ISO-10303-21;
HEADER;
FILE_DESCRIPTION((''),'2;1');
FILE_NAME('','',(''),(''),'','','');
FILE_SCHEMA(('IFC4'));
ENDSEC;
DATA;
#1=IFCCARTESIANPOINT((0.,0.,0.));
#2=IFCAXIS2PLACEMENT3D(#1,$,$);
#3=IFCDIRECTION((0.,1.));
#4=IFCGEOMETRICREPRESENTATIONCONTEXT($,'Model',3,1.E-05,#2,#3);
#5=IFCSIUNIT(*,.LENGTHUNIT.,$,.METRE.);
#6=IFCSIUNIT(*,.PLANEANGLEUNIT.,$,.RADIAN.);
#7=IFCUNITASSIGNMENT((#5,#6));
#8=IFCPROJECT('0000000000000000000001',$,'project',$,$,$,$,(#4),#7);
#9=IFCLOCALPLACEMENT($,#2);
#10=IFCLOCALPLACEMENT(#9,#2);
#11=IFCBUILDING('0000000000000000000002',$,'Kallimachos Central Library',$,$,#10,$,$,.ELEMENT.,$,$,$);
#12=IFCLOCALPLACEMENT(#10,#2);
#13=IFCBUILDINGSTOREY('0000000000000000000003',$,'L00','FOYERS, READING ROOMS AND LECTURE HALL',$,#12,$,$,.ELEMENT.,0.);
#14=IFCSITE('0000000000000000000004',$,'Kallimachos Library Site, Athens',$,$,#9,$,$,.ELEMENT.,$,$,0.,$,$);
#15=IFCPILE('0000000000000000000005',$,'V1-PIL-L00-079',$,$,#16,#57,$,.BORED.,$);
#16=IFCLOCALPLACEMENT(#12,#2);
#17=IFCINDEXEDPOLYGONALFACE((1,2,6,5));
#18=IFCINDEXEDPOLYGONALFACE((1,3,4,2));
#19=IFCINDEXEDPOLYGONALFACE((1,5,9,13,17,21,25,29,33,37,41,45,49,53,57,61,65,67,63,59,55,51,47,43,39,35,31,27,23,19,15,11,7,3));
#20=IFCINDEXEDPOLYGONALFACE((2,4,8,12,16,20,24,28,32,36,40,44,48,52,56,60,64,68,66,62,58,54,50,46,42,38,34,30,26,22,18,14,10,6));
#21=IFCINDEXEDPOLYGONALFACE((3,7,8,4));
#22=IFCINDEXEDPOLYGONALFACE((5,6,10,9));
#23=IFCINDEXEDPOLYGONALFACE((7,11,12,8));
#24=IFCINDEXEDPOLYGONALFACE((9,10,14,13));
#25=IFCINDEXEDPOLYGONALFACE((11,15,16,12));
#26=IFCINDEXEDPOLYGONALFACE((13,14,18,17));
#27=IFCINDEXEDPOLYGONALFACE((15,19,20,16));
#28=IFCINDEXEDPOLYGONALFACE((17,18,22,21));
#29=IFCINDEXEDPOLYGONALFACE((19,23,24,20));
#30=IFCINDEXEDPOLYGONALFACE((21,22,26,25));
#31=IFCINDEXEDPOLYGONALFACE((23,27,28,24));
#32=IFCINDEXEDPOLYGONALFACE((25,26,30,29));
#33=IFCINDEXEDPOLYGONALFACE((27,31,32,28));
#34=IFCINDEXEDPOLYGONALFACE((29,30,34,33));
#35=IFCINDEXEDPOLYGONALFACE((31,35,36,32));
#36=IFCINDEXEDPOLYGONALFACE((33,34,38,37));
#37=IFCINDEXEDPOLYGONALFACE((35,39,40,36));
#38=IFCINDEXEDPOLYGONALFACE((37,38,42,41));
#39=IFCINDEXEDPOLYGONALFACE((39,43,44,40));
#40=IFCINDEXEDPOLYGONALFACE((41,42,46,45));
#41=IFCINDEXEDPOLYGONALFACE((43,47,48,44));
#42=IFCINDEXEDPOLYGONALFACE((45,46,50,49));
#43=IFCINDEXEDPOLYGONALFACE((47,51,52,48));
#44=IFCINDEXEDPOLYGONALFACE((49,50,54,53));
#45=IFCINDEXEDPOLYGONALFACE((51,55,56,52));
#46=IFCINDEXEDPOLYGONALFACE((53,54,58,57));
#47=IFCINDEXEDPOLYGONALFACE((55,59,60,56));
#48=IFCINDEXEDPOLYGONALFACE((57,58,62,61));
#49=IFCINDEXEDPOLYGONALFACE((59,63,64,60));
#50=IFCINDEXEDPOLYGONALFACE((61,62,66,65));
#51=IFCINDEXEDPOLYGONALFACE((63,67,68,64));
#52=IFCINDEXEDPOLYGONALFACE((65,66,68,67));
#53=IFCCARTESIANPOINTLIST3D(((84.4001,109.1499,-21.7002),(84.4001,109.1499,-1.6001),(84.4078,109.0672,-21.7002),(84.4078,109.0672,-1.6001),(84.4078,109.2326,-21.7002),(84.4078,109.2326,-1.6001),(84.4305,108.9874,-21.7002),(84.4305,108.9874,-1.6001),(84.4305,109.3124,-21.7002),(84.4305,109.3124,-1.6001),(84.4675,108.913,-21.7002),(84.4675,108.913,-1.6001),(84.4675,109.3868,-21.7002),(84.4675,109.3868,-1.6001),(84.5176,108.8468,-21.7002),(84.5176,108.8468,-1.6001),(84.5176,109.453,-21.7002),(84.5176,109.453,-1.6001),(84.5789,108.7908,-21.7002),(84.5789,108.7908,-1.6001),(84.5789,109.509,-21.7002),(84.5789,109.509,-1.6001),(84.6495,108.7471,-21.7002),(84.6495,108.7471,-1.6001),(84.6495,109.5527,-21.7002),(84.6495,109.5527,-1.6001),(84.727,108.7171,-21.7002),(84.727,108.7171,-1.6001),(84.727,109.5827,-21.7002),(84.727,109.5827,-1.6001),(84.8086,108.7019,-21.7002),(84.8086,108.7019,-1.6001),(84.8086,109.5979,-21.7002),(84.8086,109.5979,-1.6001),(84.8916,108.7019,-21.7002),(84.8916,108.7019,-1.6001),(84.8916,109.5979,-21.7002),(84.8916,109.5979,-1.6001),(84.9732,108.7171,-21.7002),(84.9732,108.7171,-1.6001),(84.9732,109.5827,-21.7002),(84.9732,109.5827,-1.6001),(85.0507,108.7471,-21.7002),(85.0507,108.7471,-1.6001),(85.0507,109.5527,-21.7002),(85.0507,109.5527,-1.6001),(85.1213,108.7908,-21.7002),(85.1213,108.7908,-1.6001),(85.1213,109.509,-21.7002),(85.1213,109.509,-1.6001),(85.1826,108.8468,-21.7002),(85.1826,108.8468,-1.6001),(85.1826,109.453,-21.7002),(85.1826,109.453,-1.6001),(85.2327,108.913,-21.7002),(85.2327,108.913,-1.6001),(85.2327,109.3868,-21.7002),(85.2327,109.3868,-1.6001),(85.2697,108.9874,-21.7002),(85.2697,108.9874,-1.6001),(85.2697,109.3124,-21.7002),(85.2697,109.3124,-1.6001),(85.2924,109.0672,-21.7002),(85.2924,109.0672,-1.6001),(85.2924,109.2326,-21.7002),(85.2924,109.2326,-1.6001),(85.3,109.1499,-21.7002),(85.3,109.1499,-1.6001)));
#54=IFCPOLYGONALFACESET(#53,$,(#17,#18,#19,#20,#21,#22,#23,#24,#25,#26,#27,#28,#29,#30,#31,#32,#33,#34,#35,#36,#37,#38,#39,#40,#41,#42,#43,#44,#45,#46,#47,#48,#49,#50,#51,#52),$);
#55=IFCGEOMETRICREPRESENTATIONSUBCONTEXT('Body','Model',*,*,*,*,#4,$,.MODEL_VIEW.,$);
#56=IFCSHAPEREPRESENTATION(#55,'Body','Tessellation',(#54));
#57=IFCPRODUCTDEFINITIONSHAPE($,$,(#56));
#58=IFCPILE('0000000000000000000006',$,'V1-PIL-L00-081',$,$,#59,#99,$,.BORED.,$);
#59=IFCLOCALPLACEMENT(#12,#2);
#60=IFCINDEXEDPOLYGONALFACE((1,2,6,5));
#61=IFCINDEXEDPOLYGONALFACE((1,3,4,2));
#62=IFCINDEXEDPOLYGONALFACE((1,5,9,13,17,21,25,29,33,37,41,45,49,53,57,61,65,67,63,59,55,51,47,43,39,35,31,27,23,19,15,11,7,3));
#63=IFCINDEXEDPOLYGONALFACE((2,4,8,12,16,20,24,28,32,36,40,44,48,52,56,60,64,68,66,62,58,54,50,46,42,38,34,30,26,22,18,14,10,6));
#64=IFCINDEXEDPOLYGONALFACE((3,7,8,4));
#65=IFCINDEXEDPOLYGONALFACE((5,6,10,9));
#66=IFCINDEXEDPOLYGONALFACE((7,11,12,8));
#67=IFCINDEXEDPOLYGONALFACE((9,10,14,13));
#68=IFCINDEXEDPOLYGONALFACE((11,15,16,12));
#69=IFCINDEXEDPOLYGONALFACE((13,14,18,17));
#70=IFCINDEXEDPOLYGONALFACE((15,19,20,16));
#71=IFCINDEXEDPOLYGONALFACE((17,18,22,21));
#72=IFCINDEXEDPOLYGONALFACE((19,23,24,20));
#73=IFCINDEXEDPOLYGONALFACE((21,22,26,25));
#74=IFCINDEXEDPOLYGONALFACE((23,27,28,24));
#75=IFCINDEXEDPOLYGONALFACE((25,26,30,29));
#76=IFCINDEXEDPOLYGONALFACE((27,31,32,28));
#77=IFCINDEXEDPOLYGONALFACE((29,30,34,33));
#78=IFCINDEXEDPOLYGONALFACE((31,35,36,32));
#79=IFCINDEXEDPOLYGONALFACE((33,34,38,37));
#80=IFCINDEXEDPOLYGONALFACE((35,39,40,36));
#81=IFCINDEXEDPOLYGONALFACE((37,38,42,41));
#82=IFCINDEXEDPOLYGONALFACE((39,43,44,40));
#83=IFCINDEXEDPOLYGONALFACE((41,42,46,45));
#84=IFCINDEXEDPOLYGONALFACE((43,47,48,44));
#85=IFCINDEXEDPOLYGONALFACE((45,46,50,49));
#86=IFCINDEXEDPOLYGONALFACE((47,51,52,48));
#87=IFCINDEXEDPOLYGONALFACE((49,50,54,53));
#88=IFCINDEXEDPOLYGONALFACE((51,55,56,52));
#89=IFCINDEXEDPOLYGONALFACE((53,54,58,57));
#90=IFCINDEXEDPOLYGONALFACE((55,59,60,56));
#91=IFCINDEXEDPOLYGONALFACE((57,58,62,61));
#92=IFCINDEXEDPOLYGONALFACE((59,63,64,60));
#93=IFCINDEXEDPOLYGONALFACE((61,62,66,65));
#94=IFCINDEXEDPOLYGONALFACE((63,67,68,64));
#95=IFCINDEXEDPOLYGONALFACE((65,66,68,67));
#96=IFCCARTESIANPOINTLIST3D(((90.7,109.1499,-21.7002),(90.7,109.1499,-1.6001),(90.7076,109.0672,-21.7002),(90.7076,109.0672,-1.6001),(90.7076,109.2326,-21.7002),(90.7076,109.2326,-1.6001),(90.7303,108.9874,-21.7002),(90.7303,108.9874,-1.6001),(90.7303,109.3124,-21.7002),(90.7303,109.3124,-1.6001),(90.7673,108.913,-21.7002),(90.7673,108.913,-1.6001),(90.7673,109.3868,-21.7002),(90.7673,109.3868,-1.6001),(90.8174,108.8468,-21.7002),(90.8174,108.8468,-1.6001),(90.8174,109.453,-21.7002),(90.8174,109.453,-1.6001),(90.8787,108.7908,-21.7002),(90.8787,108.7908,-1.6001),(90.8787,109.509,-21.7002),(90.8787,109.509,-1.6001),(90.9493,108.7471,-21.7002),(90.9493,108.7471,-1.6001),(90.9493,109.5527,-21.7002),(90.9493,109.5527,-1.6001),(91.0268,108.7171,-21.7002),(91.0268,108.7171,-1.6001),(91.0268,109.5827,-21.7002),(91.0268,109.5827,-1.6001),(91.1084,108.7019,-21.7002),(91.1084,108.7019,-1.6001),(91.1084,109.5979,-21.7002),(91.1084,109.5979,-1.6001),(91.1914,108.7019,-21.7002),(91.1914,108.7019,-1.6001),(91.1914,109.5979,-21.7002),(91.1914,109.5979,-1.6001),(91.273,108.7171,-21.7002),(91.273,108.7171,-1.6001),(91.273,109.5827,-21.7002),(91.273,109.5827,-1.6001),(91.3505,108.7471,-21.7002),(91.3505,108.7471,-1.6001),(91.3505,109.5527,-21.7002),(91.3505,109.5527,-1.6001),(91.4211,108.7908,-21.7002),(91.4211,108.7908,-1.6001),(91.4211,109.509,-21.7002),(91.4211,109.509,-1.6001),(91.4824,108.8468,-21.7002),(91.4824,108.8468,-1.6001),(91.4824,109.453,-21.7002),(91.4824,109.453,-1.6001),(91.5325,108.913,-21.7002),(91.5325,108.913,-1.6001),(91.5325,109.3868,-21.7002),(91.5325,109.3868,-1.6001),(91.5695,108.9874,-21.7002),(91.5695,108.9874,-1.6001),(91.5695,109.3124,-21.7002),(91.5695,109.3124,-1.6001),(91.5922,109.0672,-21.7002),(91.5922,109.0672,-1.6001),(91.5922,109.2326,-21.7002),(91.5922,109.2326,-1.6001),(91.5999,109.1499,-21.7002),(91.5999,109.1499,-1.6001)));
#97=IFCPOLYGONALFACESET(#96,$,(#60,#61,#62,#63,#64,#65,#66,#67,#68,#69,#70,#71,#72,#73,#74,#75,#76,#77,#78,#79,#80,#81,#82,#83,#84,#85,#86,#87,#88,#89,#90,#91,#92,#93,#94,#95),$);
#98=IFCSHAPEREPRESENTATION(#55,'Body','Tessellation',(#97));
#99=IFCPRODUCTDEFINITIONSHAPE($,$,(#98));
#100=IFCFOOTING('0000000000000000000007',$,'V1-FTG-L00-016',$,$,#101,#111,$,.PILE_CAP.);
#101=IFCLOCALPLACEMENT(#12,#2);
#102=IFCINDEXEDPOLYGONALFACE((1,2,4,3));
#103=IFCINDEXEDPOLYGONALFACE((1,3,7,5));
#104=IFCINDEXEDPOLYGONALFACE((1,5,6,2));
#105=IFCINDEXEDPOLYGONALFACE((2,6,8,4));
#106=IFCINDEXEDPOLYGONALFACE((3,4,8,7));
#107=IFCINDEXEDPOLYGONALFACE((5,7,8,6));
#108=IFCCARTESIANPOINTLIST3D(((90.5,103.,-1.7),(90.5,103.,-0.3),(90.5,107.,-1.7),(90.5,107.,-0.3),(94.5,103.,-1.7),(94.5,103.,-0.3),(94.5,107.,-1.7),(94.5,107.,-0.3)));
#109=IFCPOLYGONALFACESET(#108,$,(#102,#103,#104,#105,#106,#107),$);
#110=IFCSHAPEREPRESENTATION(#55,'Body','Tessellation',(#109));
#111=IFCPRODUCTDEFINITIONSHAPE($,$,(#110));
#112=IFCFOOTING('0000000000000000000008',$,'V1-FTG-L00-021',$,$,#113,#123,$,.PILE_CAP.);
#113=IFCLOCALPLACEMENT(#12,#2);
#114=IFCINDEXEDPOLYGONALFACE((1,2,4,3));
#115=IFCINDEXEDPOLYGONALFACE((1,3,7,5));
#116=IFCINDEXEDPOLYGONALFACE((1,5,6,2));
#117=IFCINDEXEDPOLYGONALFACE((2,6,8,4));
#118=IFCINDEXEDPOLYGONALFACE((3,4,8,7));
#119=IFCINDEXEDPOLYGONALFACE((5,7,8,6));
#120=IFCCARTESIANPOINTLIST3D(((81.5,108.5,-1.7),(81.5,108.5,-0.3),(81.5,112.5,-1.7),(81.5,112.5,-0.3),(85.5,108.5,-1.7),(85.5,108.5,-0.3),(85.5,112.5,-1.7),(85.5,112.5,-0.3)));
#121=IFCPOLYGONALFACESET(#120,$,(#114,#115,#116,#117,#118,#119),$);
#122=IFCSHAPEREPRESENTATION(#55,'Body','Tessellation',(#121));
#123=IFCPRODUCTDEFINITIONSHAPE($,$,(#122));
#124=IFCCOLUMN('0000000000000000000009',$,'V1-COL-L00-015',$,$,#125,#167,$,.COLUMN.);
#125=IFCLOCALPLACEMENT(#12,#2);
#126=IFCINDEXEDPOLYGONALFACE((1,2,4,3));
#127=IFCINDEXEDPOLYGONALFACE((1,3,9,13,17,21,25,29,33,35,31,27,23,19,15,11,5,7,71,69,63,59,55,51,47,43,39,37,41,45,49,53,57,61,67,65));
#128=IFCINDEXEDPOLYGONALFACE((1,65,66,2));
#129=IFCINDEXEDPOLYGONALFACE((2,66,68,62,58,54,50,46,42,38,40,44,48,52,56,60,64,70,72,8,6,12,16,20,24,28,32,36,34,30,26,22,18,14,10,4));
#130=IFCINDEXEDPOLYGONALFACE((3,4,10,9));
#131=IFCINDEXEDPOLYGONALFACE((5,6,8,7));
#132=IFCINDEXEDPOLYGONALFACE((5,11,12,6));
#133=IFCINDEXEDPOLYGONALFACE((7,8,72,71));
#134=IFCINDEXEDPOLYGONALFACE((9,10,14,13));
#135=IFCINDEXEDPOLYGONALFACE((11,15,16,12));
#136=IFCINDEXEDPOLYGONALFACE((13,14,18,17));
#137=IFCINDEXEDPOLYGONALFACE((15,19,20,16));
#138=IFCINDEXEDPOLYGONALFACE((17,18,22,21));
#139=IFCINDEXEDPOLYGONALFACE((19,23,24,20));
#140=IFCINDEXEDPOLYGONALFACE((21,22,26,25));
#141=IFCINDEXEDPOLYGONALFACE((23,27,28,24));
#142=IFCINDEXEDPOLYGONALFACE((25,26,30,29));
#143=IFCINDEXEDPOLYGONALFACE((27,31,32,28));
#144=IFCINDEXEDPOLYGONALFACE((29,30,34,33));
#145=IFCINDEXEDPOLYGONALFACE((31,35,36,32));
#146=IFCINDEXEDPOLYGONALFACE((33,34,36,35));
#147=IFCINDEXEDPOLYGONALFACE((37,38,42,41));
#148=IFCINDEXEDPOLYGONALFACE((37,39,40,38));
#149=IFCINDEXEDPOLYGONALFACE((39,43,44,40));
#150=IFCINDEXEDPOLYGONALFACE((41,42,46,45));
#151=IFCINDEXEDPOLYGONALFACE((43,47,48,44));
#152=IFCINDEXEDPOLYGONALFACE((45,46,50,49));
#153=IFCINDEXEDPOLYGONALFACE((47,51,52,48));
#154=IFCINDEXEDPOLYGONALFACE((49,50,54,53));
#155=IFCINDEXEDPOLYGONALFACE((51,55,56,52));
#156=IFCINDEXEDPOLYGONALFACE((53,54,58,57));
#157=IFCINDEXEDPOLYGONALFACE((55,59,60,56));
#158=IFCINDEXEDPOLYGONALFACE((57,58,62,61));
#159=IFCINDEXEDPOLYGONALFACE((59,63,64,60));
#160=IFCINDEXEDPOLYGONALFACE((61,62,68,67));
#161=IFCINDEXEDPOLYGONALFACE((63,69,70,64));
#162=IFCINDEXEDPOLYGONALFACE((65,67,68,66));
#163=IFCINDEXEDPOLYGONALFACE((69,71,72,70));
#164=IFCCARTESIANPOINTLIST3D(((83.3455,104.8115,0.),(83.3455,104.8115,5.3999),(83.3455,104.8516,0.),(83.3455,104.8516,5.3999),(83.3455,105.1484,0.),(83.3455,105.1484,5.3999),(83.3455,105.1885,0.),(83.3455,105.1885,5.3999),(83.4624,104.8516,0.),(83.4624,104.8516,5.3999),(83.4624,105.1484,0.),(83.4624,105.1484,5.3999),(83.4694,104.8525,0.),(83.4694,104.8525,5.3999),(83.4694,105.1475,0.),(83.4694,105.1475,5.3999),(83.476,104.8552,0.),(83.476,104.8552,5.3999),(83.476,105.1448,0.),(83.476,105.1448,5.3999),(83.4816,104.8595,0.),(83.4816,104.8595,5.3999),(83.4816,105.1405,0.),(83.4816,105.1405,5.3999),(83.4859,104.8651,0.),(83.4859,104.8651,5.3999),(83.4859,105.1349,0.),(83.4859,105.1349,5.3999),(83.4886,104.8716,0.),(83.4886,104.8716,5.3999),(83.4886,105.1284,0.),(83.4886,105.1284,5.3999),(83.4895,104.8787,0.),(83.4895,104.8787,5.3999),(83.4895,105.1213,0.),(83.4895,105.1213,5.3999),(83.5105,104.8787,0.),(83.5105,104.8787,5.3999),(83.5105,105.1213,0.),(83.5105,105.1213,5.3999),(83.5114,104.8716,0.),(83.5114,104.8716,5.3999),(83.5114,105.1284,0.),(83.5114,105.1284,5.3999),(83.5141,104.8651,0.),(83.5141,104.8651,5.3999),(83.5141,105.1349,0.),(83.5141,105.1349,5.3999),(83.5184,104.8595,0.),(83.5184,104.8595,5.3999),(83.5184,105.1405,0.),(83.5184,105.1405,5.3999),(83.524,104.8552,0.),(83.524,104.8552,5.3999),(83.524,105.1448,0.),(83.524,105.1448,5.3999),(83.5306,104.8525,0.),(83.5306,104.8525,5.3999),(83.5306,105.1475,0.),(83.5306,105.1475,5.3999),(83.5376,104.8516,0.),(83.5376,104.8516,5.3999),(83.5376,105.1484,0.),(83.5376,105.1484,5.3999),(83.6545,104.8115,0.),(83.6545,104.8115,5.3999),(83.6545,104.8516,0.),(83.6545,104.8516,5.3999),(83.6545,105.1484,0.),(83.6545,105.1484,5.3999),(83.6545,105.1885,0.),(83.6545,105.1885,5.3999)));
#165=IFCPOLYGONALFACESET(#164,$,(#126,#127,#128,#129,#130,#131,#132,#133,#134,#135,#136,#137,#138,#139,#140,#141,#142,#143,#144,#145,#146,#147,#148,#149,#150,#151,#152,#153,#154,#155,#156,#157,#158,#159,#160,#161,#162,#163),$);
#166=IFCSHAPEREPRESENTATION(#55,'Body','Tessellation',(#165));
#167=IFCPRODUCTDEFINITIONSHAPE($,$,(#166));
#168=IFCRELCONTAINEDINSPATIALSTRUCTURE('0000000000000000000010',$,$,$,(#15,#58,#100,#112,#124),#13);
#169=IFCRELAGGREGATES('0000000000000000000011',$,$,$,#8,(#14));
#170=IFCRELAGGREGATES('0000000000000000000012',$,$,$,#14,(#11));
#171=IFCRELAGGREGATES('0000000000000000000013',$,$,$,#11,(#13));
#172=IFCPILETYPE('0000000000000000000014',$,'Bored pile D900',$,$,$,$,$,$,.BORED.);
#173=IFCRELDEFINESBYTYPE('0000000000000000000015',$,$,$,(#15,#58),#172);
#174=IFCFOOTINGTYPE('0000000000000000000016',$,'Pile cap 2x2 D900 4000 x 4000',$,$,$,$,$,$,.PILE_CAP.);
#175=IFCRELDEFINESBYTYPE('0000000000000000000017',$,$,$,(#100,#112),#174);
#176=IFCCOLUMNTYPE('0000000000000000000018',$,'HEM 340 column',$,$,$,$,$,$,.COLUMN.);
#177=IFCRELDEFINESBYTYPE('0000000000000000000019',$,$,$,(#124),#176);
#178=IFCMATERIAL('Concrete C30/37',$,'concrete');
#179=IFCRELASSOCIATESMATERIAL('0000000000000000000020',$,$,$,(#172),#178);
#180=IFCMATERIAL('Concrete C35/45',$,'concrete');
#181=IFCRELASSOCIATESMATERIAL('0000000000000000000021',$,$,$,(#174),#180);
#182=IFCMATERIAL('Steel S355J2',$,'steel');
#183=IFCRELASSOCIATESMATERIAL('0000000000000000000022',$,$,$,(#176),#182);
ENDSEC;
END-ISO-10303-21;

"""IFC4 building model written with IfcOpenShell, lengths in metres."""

from ifc_helpers import new_model, si_unit, direction, frame, origin, origin_2d, place, context, subcontext, project, spatial, rectangle, circle, i_section, extrude, material, material_profile, profile_set, type_object, element, save


model = new_model("IFC4")

# Units and contexts
model_context = context("Model", 3, precision=1e-05, world=origin(), true_north=direction((0.0, 1.0)))
body_context = subcontext(model_context, "Body", "Model", "MODEL_VIEW")
ifc_project = project(units=[si_unit("LENGTHUNIT", "METRE"), si_unit("PLANEANGLEUNIT", "RADIAN")], contexts=[model_context])

# Site, building, storey
site_placement = place(None, origin())
site = spatial("IfcSite", under=ifc_project, at=site_placement, Name="Kallimachos Library Site, Athens", CompositionType="ELEMENT", RefElevation=0.0)
building_placement = place(site_placement, origin())
building = spatial("IfcBuilding", under=site, at=building_placement, Name="Kallimachos Central Library", CompositionType="ELEMENT")
storey_placement = place(building_placement, origin())
storey = spatial("IfcBuildingStorey", under=building, at=storey_placement, Name="L00", Description="FOYERS, READING ROOMS AND LECTURE HALL", CompositionType="ELEMENT", Elevation=0.0)

# Piles
ifc_material_1 = material(Name="Concrete C30/37", Category="concrete")
pile_type = type_object("IfcPileType", Name="Bored pile D900", PredefinedType="BORED", material=ifc_material_1)
for number, where, z_axis, x_axis, name in (
    (1, (84.8501, 109.1499, -1.6001), (0.0, 0.0, -1.0), (1.0, 0.0, 0.0), "V1-PIL-L00-079"),
    (2, (91.1499, 109.1499, -1.6001), (0.0, 0.0, -1.0), (1.0, 0.0, 0.0), "V1-PIL-L00-081"),
):
    element("IfcPile", number, at=place(storey_placement, frame(where, z_axis=z_axis, x_axis=x_axis)), inside=storey, type_object=pile_type, Name=name, PredefinedType="BORED", context=body_context, shape_type="SweptSolid", body=[
        extrude(circle(Radius=0.45, at=origin_2d()), origin(), (0.0, 0.0, 1.0), 20.1001),
    ])

# Footings
ifc_material_2 = material(Name="Concrete C35/45", Category="concrete")
footing_type = type_object("IfcFootingType", Name="Pile cap 2x2 D900 4000 x 4000", PredefinedType="PILE_CAP", material=ifc_material_2)
for number, where, z_axis, x_axis, name in (
    (3, (92.5, 105.0, -1.7), (0.0, 0.0, 1.0), (1.0, 0.0, 0.0), "V1-FTG-L00-016"),
    (4, (83.5, 110.5, -1.7), (0.0, 0.0, 1.0), (1.0, 0.0, 0.0), "V1-FTG-L00-021"),
):
    element("IfcFooting", number, at=place(storey_placement, frame(where, z_axis=z_axis, x_axis=x_axis)), inside=storey, type_object=footing_type, Name=name, PredefinedType="PILE_CAP", context=body_context, shape_type="SweptSolid", body=[
        extrude(rectangle(XDim=4.0, YDim=4.0, at=origin_2d()), origin(), (0.0, 0.0, 1.0), 1.3999),
    ])

# Column
ifc_material_3 = material(Name="Steel S355J2", Category="steel")
ifc_material_profile_1 = material_profile(ifc_material_3, i_section(OverallWidth=0.3091, OverallDepth=0.377, WebThickness=0.021, FlangeThickness=0.04, FilletRadius=0.0271, at=origin_2d()), Name="HEM 340")
ifc_profile_set_1 = profile_set([ifc_material_profile_1], Name="Steel S355J2")
column_type = type_object("IfcColumnType", Name="HEM 340 column", PredefinedType="COLUMN", material=ifc_profile_set_1)
for number, where, z_axis, x_axis, name in (
    (5, (83.5, 105.0, 0.0), (0.0, 0.0, 1.0), (1.0, 0.0, 0.0), "V1-COL-L00-015"),
):
    element("IfcColumn", number, at=place(storey_placement, frame(where, z_axis=z_axis, x_axis=x_axis)), inside=storey, type_object=column_type, Name=name, PredefinedType="COLUMN", context=body_context, shape_type="SweptSolid", body=[
        extrude(i_section(OverallWidth=0.3091, OverallDepth=0.377, WebThickness=0.021, FlangeThickness=0.04, FilletRadius=0.0271, at=origin_2d()), origin(), (0.0, 0.0, 1.0), 5.3999),
    ])

save(model, "model.ifc")
